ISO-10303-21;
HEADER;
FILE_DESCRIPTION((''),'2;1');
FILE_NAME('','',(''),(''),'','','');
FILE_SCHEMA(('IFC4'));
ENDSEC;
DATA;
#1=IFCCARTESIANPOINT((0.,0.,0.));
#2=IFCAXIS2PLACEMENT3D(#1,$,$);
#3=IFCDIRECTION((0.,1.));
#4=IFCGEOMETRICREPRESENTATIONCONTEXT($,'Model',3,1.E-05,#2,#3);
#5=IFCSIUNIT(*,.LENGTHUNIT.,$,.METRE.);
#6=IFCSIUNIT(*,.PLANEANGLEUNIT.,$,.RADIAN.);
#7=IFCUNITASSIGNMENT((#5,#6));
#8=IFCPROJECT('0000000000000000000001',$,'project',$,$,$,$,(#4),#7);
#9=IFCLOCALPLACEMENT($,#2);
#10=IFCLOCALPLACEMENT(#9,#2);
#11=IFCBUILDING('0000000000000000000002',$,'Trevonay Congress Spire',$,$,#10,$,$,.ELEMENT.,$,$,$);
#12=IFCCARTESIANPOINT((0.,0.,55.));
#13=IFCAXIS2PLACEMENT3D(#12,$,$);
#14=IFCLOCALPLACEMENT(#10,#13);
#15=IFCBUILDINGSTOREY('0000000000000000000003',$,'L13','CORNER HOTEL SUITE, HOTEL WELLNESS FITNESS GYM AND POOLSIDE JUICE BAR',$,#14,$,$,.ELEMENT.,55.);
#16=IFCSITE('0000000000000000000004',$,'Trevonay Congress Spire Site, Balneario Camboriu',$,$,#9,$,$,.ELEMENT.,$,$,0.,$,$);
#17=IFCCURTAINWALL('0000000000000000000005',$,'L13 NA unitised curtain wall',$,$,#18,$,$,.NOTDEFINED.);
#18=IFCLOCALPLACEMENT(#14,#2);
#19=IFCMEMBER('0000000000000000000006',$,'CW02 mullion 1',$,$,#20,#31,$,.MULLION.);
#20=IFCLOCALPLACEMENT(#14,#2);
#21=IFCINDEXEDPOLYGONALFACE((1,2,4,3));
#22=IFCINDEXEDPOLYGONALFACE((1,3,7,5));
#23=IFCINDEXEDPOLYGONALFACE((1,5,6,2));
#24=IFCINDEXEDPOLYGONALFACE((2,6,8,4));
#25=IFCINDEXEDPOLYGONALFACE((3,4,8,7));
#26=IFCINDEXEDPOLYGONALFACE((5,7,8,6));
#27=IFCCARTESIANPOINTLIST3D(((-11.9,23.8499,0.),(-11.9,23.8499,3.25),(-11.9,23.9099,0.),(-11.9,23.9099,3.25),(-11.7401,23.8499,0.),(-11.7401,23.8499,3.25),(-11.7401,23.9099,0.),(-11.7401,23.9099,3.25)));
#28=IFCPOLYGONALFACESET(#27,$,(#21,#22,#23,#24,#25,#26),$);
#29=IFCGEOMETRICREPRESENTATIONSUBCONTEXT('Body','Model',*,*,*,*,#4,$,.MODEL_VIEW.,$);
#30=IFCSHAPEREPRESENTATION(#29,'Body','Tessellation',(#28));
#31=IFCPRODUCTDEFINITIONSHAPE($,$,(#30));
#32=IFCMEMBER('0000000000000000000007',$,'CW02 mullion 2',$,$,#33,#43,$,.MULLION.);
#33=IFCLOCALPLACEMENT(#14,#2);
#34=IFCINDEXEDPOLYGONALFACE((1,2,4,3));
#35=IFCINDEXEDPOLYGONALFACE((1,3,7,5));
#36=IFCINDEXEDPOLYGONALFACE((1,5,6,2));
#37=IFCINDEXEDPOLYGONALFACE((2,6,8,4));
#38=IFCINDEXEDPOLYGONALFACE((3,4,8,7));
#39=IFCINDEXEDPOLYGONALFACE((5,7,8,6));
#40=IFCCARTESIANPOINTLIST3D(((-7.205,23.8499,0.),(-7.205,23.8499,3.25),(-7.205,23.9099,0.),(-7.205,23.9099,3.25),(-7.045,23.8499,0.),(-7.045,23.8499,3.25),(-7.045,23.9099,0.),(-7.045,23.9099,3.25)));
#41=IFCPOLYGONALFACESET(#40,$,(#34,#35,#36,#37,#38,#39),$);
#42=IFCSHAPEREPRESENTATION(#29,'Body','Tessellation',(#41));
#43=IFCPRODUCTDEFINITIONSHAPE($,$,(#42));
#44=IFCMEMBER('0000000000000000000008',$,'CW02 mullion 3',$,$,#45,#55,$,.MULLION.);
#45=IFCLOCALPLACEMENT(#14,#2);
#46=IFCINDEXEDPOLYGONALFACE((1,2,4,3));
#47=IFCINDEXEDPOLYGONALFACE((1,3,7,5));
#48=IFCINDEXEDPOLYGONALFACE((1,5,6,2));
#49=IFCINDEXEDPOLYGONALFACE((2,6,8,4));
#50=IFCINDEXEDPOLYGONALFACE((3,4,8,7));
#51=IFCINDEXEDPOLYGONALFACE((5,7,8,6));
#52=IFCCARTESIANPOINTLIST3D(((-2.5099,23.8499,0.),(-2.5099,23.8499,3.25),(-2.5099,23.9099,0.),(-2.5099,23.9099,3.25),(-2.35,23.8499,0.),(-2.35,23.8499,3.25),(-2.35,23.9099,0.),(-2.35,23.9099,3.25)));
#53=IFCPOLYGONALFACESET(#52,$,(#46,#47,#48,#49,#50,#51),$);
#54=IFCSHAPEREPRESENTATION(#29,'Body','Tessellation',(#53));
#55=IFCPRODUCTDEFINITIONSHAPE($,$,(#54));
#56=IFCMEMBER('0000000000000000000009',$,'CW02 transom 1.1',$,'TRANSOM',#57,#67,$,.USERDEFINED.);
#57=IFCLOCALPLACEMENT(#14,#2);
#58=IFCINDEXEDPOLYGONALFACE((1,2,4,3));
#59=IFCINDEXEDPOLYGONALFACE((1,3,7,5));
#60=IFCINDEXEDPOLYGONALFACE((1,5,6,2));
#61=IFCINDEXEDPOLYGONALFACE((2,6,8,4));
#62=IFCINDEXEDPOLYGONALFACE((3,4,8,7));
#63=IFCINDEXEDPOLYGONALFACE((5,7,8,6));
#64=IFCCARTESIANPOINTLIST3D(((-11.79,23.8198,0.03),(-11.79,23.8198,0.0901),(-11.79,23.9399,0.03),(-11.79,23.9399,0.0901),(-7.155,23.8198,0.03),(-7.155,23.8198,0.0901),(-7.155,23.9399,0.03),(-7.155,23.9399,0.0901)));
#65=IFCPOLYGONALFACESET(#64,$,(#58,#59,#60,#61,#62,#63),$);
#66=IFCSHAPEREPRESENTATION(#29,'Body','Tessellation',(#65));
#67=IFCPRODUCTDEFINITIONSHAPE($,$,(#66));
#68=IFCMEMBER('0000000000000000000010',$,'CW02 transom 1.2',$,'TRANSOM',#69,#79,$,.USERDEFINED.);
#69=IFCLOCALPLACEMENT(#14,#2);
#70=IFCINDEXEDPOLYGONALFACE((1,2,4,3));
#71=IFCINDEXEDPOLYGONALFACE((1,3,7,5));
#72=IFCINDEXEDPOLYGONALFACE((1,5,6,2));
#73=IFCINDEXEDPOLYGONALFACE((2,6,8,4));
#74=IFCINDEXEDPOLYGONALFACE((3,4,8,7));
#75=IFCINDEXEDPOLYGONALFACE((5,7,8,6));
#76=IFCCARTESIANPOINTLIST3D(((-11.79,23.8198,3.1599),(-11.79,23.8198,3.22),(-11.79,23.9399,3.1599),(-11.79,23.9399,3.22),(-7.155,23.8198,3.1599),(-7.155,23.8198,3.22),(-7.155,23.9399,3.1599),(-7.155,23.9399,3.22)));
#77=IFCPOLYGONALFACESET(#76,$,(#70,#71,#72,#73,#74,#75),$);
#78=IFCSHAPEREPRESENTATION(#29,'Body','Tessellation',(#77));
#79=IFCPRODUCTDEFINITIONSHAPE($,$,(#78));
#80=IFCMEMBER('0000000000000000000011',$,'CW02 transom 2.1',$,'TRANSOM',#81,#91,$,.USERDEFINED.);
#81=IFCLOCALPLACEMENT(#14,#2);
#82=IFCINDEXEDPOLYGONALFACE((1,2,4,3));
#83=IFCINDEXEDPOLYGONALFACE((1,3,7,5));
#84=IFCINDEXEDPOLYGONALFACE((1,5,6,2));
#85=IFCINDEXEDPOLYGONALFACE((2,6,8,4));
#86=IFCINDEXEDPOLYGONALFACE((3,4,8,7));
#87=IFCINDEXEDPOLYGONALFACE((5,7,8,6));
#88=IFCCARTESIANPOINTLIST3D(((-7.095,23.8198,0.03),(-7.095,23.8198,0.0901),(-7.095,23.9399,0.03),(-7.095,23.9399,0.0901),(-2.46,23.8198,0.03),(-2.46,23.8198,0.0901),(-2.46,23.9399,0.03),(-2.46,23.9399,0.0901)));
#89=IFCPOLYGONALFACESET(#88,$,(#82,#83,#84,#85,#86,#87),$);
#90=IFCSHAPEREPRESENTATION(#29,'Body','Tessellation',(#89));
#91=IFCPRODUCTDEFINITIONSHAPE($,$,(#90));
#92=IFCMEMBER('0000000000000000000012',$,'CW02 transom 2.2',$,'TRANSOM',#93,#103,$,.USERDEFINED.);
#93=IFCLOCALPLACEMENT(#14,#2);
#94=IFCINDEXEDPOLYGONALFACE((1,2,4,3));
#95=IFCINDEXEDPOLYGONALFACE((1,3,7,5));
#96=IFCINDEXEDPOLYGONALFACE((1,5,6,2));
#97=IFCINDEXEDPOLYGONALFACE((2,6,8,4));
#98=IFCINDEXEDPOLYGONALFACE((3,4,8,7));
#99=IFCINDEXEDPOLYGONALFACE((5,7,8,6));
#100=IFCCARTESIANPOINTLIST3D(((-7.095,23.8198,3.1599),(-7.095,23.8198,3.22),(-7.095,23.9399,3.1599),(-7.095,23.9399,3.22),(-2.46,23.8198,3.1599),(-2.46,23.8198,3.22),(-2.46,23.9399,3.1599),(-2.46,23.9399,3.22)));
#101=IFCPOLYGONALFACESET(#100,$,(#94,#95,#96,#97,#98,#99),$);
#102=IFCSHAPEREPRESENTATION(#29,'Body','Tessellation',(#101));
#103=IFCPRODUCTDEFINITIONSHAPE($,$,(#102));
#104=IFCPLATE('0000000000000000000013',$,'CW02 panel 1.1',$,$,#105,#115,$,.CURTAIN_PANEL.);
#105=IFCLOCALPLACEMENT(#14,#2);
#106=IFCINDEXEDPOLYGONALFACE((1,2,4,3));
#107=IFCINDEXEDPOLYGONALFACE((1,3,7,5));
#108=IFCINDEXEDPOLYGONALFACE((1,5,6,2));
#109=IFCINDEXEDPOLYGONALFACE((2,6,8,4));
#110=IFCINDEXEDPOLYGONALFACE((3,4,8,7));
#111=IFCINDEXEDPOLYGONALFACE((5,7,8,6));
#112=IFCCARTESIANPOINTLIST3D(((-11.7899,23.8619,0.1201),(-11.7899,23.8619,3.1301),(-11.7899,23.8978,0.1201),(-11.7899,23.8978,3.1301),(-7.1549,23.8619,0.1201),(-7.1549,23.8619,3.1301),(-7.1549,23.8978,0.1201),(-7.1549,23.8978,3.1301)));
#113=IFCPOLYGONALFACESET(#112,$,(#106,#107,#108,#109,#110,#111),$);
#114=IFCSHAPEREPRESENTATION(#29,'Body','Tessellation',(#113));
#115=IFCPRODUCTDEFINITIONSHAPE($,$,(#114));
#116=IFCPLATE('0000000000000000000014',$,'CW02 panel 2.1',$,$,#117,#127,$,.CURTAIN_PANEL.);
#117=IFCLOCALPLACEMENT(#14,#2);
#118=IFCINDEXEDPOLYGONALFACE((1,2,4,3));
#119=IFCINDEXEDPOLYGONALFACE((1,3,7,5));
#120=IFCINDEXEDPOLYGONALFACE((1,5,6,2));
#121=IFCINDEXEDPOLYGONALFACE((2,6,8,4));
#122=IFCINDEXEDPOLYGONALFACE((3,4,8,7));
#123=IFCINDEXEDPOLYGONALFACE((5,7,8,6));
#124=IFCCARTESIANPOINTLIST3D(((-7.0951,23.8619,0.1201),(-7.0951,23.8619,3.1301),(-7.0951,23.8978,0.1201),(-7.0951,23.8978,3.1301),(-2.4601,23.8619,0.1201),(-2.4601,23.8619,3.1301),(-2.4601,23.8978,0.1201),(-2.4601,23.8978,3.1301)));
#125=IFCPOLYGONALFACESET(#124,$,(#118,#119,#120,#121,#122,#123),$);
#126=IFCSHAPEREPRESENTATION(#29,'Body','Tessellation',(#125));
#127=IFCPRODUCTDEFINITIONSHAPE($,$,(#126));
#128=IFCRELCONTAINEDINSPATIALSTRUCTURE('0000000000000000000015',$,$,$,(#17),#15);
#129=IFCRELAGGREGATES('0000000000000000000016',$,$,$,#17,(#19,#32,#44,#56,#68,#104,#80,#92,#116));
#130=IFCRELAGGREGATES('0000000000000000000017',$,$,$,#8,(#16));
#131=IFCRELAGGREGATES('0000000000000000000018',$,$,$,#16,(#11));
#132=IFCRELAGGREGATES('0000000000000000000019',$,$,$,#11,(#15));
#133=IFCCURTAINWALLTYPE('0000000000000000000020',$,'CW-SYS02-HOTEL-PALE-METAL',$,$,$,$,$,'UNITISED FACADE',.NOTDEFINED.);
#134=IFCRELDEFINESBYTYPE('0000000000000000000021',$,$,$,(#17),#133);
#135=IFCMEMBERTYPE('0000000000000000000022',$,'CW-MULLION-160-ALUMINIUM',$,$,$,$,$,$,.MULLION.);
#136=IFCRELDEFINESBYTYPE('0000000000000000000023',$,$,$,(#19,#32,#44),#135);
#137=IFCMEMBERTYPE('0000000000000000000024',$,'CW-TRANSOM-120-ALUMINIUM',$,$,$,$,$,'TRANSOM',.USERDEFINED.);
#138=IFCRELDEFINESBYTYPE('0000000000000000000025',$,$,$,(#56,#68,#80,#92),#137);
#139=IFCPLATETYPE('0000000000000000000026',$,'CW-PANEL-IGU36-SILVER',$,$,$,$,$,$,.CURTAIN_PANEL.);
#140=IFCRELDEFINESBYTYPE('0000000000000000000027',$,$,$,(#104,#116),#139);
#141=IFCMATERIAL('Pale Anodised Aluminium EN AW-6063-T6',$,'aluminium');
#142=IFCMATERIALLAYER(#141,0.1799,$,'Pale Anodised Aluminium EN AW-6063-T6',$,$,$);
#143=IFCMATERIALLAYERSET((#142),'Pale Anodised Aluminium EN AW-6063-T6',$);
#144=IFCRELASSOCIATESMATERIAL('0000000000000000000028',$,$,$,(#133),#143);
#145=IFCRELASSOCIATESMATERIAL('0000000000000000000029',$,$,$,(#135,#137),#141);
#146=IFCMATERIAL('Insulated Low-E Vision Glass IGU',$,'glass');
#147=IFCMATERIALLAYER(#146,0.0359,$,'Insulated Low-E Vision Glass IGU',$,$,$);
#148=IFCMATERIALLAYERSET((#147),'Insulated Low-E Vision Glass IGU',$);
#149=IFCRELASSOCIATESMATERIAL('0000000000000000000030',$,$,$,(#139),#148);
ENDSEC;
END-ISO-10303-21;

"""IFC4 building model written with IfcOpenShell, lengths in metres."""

from ifc_helpers import new_model, si_unit, direction, frame, origin, origin_2d, place, context, subcontext, project, spatial, rectangle, extrude, material, layer, layer_set, material_profile, profile_set, type_object, element, aggregate, save


model = new_model("IFC4")

# Units and contexts
model_context = context("Model", 3, precision=1e-05, world=origin(), true_north=direction((0.0, 1.0)))
body_context = subcontext(model_context, "Body", "Model", "MODEL_VIEW")
ifc_project = project(units=[si_unit("LENGTHUNIT", "METRE"), si_unit("PLANEANGLEUNIT", "RADIAN")], contexts=[model_context])

# Site, building, storey
site_placement = place(None, origin())
site = spatial("IfcSite", under=ifc_project, at=site_placement, Name="Trevonay Congress Spire Site, Balneario Camboriu", CompositionType="ELEMENT", RefElevation=0.0)
building_placement = place(site_placement, origin())
building = spatial("IfcBuilding", under=site, at=building_placement, Name="Trevonay Congress Spire", CompositionType="ELEMENT")
storey_placement = place(building_placement, frame((0.0, 0.0, 55.0)))
storey = spatial("IfcBuildingStorey", under=building, at=storey_placement, Name="L13", Description="CORNER HOTEL SUITE, HOTEL WELLNESS FITNESS GYM AND POOLSIDE JUICE BAR", CompositionType="ELEMENT", Elevation=55.0)

# Curtain wall, members, plates
ifc_material_1 = material(Name="Pale Anodised Aluminium EN AW-6063-T6", Category="aluminium")
ifc_layer_1 = layer(ifc_material_1, 0.1799, Name="Pale Anodised Aluminium EN AW-6063-T6")
ifc_layer_set_1 = layer_set([ifc_layer_1], Name="Pale Anodised Aluminium EN AW-6063-T6")
curtain_wall_type = type_object("IfcCurtainWallType", Name="CW-SYS02-HOTEL-PALE-METAL", ElementType="UNITISED FACADE", PredefinedType="NOTDEFINED", material=ifc_layer_set_1)
curtain_wall_placement = place(storey_placement, origin())
curtain_wall = element("IfcCurtainWall", 1, at=curtain_wall_placement, inside=storey, type_object=curtain_wall_type, Name="L13 NA unitised curtain wall", PredefinedType="NOTDEFINED")
ifc_material_profile_1 = material_profile(ifc_material_1, rectangle(XDim=0.0601, YDim=0.1599, at=origin_2d()), Name="CW-MULLION-160-ALUMINIUM")
ifc_profile_set_1 = profile_set([ifc_material_profile_1], Name="Pale Anodised Aluminium EN AW-6063-T6")
member_type_1 = type_object("IfcMemberType", Name="CW-MULLION-160-ALUMINIUM", PredefinedType="MULLION", material=ifc_profile_set_1)
member_1_placement = place(storey_placement, frame((-11.8201, 23.8799, 0.0), z_axis=(0.0, 0.0, 1.0), x_axis=(0.0, 1.0, 0.0)))
member_1 = element("IfcMember", 2, at=member_1_placement, type_object=member_type_1, Name="CW02 mullion 1", PredefinedType="MULLION", context=body_context, shape_type="SweptSolid", body=[
    extrude(rectangle(XDim=0.0601, YDim=0.1599, at=origin_2d()), origin(), (0.0, 0.0, 1.0), 3.25),
])
member_2_placement = place(storey_placement, frame((-7.125, 23.8799, 0.0), z_axis=(0.0, 0.0, 1.0), x_axis=(0.0, 1.0, 0.0)))
member_2 = element("IfcMember", 3, at=member_2_placement, type_object=member_type_1, Name="CW02 mullion 2", PredefinedType="MULLION", context=body_context, shape_type="SweptSolid", body=[
    extrude(rectangle(XDim=0.0601, YDim=0.1599, at=origin_2d()), origin(), (0.0, 0.0, 1.0), 3.25),
])
member_3_placement = place(storey_placement, frame((-2.4299, 23.8799, 0.0), z_axis=(0.0, 0.0, 1.0), x_axis=(0.0, 1.0, 0.0)))
member_3 = element("IfcMember", 4, at=member_3_placement, type_object=member_type_1, Name="CW02 mullion 3", PredefinedType="MULLION", context=body_context, shape_type="SweptSolid", body=[
    extrude(rectangle(XDim=0.0601, YDim=0.1599, at=origin_2d()), origin(), (0.0, 0.0, 1.0), 3.25),
])
ifc_material_profile_2 = material_profile(ifc_material_1, rectangle(XDim=0.1201, YDim=0.0601, at=origin_2d()), Name="CW-TRANSOM-120-ALUMINIUM")
ifc_profile_set_2 = profile_set([ifc_material_profile_2], Name="Pale Anodised Aluminium EN AW-6063-T6")
member_type_2 = type_object("IfcMemberType", Name="CW-TRANSOM-120-ALUMINIUM", ElementType="TRANSOM", PredefinedType="USERDEFINED", material=ifc_profile_set_2)
member_4_placement = place(storey_placement, frame((-11.79, 23.8799, 0.0601), z_axis=(1.0, 0.0, 0.0), x_axis=(0.0, 1.0, 0.0)))
member_4 = element("IfcMember", 5, at=member_4_placement, type_object=member_type_2, Name="CW02 transom 1.1", ObjectType="TRANSOM", PredefinedType="USERDEFINED", context=body_context, shape_type="SweptSolid", body=[
    extrude(rectangle(XDim=0.1201, YDim=0.0601, at=origin_2d()), origin(), (0.0, 0.0, 1.0), 4.635),
])
member_5_placement = place(storey_placement, frame((-11.79, 23.8799, 3.1899), z_axis=(1.0, 0.0, 0.0), x_axis=(0.0, 1.0, 0.0)))
member_5 = element("IfcMember", 6, at=member_5_placement, type_object=member_type_2, Name="CW02 transom 1.2", ObjectType="TRANSOM", PredefinedType="USERDEFINED", context=body_context, shape_type="SweptSolid", body=[
    extrude(rectangle(XDim=0.1201, YDim=0.0601, at=origin_2d()), origin(), (0.0, 0.0, 1.0), 4.635),
])
member_6_placement = place(storey_placement, frame((-7.095, 23.8799, 0.0601), z_axis=(1.0, 0.0, 0.0), x_axis=(0.0, 1.0, 0.0)))
member_6 = element("IfcMember", 7, at=member_6_placement, type_object=member_type_2, Name="CW02 transom 2.1", ObjectType="TRANSOM", PredefinedType="USERDEFINED", context=body_context, shape_type="SweptSolid", body=[
    extrude(rectangle(XDim=0.1201, YDim=0.0601, at=origin_2d()), origin(), (0.0, 0.0, 1.0), 4.635),
])
member_7_placement = place(storey_placement, frame((-7.095, 23.8799, 3.1899), z_axis=(1.0, 0.0, 0.0), x_axis=(0.0, 1.0, 0.0)))
member_7 = element("IfcMember", 8, at=member_7_placement, type_object=member_type_2, Name="CW02 transom 2.2", ObjectType="TRANSOM", PredefinedType="USERDEFINED", context=body_context, shape_type="SweptSolid", body=[
    extrude(rectangle(XDim=0.1201, YDim=0.0601, at=origin_2d()), origin(), (0.0, 0.0, 1.0), 4.635),
])
ifc_material_2 = material(Name="Insulated Low-E Vision Glass IGU", Category="glass")
ifc_layer_2 = layer(ifc_material_2, 0.0359, Name="Insulated Low-E Vision Glass IGU")
ifc_layer_set_2 = layer_set([ifc_layer_2], Name="Insulated Low-E Vision Glass IGU")
plate_type = type_object("IfcPlateType", Name="CW-PANEL-IGU36-SILVER", PredefinedType="CURTAIN_PANEL", material=ifc_layer_set_2)
plate_1_placement = place(storey_placement, frame((-9.4724, 23.8799, 0.1201), z_axis=(0.0, 0.0, 1.0), x_axis=(1.0, 0.0, 0.0)))
plate_1 = element("IfcPlate", 9, at=plate_1_placement, type_object=plate_type, Name="CW02 panel 1.1", PredefinedType="CURTAIN_PANEL", context=body_context, shape_type="SweptSolid", body=[
    extrude(rectangle(XDim=4.635, YDim=0.0359, at=origin_2d()), origin(), (0.0, 0.0, 1.0), 3.01),
])
plate_2_placement = place(storey_placement, frame((-4.7776, 23.8799, 0.1201), z_axis=(0.0, 0.0, 1.0), x_axis=(1.0, 0.0, 0.0)))
plate_2 = element("IfcPlate", 10, at=plate_2_placement, type_object=plate_type, Name="CW02 panel 2.1", PredefinedType="CURTAIN_PANEL", context=body_context, shape_type="SweptSolid", body=[
    extrude(rectangle(XDim=4.635, YDim=0.0359, at=origin_2d()), origin(), (0.0, 0.0, 1.0), 3.01),
])
aggregate(curtain_wall, [member_1, member_2, member_3, member_4, member_5, plate_1, member_6, member_7, plate_2])

save(model, "model.ifc")
